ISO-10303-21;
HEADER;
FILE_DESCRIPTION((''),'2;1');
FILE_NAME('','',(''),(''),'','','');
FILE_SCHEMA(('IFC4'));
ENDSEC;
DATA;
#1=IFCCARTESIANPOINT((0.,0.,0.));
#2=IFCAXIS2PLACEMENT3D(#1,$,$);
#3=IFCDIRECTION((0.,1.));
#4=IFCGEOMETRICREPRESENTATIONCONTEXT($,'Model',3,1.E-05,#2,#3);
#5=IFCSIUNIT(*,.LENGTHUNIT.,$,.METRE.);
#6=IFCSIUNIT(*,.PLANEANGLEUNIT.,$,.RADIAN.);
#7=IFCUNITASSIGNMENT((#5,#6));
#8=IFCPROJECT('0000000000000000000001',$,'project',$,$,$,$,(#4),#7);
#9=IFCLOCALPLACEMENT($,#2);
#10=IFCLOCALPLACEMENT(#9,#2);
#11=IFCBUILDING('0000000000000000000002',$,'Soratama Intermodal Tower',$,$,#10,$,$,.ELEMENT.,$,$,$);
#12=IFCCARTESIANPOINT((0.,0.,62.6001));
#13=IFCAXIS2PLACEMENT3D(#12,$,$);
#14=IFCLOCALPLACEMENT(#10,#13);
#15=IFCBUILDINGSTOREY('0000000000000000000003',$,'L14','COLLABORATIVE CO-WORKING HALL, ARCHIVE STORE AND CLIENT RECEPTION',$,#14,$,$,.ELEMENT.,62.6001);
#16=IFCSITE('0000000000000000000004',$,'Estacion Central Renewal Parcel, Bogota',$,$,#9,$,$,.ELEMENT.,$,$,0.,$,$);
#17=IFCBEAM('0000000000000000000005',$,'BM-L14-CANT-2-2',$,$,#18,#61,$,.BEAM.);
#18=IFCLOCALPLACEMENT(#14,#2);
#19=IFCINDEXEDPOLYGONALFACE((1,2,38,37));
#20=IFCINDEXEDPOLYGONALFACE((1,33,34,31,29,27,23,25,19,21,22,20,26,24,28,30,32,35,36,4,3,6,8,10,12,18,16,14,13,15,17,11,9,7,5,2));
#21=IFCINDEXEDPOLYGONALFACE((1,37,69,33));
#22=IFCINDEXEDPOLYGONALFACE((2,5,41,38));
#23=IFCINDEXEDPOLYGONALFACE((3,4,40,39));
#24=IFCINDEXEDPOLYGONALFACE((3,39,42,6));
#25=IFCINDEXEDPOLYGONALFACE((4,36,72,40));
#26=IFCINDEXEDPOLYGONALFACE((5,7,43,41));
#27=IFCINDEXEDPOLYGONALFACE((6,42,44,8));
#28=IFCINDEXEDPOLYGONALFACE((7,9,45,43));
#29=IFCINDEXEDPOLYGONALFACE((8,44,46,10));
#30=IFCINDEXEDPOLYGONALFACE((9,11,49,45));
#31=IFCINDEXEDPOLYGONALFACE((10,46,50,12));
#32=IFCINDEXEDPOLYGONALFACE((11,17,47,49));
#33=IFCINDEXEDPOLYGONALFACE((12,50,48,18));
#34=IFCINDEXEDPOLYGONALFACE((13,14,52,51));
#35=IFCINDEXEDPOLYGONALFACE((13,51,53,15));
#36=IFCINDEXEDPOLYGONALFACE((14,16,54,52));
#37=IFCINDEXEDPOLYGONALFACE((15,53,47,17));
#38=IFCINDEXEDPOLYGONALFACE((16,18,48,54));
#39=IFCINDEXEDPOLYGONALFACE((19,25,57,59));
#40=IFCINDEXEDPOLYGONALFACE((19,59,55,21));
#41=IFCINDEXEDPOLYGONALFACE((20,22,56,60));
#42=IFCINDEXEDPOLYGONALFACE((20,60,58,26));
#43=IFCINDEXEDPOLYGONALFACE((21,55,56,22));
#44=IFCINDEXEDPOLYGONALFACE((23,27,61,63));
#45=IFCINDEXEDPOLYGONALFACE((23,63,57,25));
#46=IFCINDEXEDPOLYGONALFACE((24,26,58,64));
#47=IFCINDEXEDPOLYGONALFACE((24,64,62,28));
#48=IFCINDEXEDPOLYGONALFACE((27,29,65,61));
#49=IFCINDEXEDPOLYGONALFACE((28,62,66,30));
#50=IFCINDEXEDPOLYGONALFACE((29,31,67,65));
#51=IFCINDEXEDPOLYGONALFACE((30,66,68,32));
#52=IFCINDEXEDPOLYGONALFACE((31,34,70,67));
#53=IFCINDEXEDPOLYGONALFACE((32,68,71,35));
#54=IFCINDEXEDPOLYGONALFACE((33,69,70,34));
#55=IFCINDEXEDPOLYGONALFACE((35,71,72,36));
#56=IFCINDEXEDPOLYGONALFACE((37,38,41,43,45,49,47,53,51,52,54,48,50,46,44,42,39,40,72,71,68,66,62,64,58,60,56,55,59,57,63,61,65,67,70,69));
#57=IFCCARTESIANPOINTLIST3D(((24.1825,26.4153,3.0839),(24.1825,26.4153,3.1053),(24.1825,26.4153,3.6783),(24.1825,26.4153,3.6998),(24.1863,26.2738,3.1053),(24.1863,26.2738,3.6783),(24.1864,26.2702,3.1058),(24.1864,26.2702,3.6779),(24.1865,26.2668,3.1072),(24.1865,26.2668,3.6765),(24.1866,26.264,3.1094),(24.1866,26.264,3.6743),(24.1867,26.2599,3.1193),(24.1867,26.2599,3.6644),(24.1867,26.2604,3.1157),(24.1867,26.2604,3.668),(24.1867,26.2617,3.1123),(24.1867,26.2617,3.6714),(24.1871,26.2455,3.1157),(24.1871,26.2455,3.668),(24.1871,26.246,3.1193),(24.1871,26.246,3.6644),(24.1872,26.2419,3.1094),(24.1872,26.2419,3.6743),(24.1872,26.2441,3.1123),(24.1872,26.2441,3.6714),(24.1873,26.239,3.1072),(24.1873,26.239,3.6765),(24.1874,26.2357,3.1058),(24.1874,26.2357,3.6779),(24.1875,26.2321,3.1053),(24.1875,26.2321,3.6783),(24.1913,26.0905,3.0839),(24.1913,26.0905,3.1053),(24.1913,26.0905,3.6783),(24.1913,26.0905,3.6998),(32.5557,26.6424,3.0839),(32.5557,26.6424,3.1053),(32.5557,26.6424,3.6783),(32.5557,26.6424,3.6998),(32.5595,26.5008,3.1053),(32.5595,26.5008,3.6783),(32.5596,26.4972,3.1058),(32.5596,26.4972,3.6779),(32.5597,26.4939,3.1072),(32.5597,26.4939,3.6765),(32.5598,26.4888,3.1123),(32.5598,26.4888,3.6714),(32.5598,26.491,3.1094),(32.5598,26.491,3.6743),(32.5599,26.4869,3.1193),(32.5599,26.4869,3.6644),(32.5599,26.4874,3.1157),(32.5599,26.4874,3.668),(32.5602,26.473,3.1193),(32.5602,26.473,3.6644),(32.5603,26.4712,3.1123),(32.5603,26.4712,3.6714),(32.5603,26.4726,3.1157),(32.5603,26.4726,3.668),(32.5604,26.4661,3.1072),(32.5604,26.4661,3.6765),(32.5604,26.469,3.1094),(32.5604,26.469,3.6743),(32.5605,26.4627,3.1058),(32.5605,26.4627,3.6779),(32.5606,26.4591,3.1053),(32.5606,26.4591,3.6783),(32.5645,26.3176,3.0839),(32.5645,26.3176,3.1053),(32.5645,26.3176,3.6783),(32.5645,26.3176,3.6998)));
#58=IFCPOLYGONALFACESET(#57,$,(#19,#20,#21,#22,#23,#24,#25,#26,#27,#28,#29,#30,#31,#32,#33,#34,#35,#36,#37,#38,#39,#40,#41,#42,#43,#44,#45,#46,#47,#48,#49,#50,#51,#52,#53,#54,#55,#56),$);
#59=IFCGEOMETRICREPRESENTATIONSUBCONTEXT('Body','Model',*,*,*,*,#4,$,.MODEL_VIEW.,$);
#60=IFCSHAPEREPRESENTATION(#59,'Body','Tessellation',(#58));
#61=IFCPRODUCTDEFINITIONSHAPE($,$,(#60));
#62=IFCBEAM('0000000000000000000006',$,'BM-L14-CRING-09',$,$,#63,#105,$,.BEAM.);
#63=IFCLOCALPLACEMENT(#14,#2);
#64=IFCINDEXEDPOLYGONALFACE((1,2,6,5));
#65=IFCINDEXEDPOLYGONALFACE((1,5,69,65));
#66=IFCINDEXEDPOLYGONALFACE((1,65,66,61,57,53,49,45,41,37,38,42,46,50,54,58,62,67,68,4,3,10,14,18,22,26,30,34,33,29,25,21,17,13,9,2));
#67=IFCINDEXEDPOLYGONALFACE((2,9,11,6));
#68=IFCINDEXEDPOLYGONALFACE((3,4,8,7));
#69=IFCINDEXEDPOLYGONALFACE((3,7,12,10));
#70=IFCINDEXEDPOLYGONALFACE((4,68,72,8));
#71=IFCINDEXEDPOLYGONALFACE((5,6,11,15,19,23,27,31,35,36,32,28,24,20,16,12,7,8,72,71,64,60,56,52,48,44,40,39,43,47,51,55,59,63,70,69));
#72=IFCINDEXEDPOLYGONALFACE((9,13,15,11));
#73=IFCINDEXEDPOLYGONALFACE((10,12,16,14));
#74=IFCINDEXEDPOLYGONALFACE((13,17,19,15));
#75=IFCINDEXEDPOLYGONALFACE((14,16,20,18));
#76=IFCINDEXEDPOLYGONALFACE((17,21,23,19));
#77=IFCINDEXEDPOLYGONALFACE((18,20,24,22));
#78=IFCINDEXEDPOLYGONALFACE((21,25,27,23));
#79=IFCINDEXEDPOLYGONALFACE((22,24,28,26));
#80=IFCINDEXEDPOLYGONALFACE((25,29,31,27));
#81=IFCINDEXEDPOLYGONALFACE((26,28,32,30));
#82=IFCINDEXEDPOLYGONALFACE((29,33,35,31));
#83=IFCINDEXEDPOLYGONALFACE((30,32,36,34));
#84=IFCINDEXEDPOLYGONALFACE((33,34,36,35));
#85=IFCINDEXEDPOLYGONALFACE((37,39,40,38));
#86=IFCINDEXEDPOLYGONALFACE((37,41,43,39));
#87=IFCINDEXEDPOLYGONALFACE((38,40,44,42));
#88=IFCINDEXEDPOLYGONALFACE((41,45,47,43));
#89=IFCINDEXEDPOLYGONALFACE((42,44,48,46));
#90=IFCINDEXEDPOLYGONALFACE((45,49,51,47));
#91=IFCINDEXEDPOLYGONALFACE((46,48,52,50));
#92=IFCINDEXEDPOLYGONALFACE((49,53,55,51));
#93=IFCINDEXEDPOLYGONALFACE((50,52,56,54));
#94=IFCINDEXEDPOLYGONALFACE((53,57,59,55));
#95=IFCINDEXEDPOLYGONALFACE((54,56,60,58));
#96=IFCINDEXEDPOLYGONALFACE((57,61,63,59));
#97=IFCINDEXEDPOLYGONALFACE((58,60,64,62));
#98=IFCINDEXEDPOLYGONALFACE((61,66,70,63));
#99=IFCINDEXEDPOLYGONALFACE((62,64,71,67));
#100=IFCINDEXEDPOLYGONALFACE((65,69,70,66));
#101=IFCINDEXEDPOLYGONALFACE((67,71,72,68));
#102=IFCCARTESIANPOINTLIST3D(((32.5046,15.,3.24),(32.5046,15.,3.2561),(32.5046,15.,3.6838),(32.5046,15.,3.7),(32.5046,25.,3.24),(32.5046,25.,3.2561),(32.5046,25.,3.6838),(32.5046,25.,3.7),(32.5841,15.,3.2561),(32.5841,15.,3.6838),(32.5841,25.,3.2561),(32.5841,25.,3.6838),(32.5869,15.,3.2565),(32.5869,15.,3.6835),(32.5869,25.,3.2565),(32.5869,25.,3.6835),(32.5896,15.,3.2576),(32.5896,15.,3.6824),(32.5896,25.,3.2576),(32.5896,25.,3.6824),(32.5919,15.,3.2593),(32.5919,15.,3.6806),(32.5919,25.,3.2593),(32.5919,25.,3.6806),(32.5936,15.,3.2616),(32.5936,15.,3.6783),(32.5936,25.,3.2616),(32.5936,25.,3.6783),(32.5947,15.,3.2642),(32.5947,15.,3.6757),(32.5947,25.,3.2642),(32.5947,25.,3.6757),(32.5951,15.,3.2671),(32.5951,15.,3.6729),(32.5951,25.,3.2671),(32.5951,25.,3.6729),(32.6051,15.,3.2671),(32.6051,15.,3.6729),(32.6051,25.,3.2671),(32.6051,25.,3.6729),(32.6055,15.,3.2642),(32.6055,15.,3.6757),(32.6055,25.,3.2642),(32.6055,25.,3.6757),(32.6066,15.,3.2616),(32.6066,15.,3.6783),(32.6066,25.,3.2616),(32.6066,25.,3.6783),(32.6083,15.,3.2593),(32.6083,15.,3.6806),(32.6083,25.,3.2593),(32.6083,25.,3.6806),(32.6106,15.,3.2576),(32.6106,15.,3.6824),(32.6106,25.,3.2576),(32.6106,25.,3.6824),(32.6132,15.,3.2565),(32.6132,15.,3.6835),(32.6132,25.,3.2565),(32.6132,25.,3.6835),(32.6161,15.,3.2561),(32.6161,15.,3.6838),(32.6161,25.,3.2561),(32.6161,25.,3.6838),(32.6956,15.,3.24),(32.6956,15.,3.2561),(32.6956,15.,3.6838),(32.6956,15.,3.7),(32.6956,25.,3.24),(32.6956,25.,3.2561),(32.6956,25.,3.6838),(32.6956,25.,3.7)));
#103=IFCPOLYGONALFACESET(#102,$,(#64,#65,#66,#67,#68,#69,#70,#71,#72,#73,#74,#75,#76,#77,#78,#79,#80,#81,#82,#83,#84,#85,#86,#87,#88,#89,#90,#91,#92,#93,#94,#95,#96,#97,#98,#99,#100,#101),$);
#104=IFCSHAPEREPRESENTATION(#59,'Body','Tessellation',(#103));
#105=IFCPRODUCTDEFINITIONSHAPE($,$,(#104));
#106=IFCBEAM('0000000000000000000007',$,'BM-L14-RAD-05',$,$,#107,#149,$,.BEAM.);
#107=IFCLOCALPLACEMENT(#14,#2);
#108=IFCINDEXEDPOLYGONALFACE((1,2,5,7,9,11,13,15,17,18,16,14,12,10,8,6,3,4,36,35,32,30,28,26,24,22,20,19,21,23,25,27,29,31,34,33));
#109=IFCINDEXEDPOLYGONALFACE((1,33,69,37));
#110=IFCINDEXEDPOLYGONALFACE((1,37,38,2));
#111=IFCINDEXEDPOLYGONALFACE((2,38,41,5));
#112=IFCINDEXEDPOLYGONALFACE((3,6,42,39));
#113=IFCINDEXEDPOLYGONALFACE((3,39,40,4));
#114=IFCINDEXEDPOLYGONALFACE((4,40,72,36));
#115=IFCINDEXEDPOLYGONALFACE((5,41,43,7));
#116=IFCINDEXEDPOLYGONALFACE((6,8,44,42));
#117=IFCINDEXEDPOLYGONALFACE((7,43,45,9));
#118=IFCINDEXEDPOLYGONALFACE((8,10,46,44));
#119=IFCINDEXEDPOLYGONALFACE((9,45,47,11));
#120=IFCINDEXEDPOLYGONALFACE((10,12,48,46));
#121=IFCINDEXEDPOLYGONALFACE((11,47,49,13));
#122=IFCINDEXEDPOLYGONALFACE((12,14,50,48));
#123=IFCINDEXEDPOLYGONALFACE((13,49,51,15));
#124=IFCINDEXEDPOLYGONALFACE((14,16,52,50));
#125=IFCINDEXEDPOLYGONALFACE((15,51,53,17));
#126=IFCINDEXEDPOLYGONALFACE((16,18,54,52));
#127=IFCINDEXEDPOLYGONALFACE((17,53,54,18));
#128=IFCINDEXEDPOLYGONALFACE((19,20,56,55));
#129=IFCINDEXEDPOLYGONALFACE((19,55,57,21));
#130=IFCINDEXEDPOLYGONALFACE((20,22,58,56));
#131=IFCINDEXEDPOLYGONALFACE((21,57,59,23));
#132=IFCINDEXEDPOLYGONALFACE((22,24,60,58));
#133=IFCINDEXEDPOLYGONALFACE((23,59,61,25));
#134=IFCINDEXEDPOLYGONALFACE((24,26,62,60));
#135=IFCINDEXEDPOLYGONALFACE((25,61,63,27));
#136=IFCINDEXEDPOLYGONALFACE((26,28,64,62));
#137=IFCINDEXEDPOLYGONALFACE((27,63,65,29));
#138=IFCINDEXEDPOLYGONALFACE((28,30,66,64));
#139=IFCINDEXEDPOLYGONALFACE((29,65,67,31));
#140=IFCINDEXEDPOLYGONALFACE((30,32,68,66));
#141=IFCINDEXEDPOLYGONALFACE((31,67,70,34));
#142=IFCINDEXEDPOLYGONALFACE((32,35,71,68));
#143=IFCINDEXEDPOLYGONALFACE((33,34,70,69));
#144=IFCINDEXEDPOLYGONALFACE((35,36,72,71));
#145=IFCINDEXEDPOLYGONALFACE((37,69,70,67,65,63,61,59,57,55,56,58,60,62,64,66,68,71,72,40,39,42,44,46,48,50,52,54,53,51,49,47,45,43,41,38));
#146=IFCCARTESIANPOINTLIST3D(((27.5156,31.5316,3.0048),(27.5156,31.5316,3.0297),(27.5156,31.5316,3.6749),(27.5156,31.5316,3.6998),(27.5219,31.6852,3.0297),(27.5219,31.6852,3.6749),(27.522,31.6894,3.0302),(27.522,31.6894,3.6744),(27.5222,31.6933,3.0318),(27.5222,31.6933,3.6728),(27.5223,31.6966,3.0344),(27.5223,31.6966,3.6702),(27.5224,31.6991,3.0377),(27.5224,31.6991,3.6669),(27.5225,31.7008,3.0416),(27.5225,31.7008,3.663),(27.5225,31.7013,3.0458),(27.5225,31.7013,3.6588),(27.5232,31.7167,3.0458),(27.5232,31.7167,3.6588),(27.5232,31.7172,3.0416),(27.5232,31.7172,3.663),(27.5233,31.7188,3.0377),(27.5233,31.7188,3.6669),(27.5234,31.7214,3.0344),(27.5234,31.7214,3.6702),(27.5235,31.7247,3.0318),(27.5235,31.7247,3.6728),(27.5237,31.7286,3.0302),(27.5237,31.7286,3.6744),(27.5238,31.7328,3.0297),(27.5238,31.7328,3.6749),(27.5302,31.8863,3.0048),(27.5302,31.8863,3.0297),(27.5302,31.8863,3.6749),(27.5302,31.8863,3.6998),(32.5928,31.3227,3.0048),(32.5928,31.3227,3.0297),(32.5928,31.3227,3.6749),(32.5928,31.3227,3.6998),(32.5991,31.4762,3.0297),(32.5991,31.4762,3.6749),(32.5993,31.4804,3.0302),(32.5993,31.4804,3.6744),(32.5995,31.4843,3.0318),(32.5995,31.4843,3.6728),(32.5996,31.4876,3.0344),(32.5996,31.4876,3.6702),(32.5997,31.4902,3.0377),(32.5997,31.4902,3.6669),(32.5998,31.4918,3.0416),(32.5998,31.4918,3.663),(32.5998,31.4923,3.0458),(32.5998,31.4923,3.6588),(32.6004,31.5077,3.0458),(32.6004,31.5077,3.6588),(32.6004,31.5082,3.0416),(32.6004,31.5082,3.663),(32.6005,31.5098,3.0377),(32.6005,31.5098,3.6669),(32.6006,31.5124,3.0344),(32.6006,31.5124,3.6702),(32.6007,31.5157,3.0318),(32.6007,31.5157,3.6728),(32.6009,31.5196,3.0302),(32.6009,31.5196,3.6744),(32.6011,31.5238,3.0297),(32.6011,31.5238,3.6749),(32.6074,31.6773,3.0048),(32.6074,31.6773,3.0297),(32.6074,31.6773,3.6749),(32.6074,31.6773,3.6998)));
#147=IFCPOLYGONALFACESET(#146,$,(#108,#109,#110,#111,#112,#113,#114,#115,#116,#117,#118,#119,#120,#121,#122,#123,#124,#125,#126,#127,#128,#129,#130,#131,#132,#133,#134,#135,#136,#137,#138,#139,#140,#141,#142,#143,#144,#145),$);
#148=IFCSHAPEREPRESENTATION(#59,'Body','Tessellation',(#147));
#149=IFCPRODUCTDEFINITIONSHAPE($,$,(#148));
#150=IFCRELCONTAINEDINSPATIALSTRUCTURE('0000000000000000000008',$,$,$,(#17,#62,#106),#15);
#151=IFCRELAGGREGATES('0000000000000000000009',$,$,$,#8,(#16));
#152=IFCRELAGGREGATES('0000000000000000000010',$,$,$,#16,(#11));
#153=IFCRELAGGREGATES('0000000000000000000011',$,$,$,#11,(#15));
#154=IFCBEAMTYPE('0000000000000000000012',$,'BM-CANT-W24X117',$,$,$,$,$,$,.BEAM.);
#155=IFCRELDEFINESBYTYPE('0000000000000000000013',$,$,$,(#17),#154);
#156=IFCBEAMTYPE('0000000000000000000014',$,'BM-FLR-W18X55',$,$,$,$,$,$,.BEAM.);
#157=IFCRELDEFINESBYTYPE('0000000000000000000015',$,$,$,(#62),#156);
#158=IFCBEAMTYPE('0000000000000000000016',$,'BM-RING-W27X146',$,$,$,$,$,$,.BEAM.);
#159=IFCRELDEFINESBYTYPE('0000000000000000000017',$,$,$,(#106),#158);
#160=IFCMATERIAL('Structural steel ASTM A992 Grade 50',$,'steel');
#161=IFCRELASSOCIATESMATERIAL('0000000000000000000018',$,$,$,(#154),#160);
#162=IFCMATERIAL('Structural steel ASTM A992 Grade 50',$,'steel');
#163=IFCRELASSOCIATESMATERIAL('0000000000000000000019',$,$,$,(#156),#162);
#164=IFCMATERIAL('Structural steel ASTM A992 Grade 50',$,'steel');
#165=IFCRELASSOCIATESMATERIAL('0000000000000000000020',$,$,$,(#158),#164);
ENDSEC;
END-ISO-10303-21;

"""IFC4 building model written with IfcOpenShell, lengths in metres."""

from ifc_helpers import new_model, si_unit, direction, frame, origin, origin_2d, place, context, subcontext, project, spatial, i_section, extrude, material, material_profile, profile_set, type_object, element, save


model = new_model("IFC4")

# Units and contexts
model_context = context("Model", 3, precision=1e-05, world=origin(), true_north=direction((0.0, 1.0)))
body_context = subcontext(model_context, "Body", "Model", "MODEL_VIEW")
ifc_project = project(units=[si_unit("LENGTHUNIT", "METRE"), si_unit("PLANEANGLEUNIT", "RADIAN")], contexts=[model_context])

# Site, building, storey
site_placement = place(None, origin())
site = spatial("IfcSite", under=ifc_project, at=site_placement, Name="Estacion Central Renewal Parcel, Bogota", CompositionType="ELEMENT", RefElevation=0.0)
building_placement = place(site_placement, origin())
building = spatial("IfcBuilding", under=site, at=building_placement, Name="Soratama Intermodal Tower", CompositionType="ELEMENT")
storey_placement = place(building_placement, frame((0.0, 0.0, 62.6001)))
storey = spatial("IfcBuildingStorey", under=building, at=storey_placement, Name="L14", Description="COLLABORATIVE CO-WORKING HALL, ARCHIVE STORE AND CLIENT RECEPTION", CompositionType="ELEMENT", Elevation=62.6001)

# Beams
ifc_material_1 = material(Name="Structural steel ASTM A992 Grade 50", Category="steel")
ifc_material_profile_1 = material_profile(ifc_material_1, i_section(OverallWidth=0.325, OverallDepth=0.616, WebThickness=0.0139, FlangeThickness=0.0215, FilletRadius=0.0139, at=origin_2d()), Name="W24X117")
ifc_profile_set_1 = profile_set([ifc_material_profile_1], Name="Structural steel ASTM A992 Grade 50")
beam_type_1 = type_object("IfcBeamType", Name="BM-CANT-W24X117", PredefinedType="BEAM", material=ifc_profile_set_1)
beam_1_placement = place(storey_placement, frame((32.5601, 26.48, 3.3918), z_axis=(-0.999633, -0.027107, 0.0), x_axis=(0.027107, -0.999633, 0.0)))
element("IfcBeam", 1, at=beam_1_placement, inside=storey, type_object=beam_type_1, Name="BM-L14-CANT-2-2", PredefinedType="BEAM", context=body_context, shape_type="SweptSolid", body=[
    extrude(i_section(OverallWidth=0.325, OverallDepth=0.616, WebThickness=0.0139, FlangeThickness=0.0215, FilletRadius=0.0139, at=origin_2d()), origin(), (0.0, 0.0, 1.0), 8.3762),
])
ifc_material_2 = material(Name="Structural steel ASTM A992 Grade 50", Category="steel")
ifc_material_profile_2 = material_profile(ifc_material_2, i_section(OverallWidth=0.1909, OverallDepth=0.46, WebThickness=0.01, FlangeThickness=0.0161, FilletRadius=0.011, at=origin_2d()), Name="W18X55")
ifc_profile_set_2 = profile_set([ifc_material_profile_2], Name="Structural steel ASTM A992 Grade 50")
beam_type_2 = type_object("IfcBeamType", Name="BM-FLR-W18X55", PredefinedType="BEAM", material=ifc_profile_set_2)
beam_2_placement = place(storey_placement, frame((32.6001, 25.0, 3.47), z_axis=(0.0, -1.0, 0.0), x_axis=(1.0, 0.0, 0.0)))
element("IfcBeam", 2, at=beam_2_placement, inside=storey, type_object=beam_type_2, Name="BM-L14-CRING-09", PredefinedType="BEAM", context=body_context, shape_type="SweptSolid", body=[
    extrude(i_section(OverallWidth=0.1909, OverallDepth=0.46, WebThickness=0.01, FlangeThickness=0.0161, FilletRadius=0.011, at=origin_2d()), origin(), (0.0, 0.0, 1.0), 10.0),
])
ifc_material_3 = material(Name="Structural steel ASTM A992 Grade 50", Category="steel")
ifc_material_profile_3 = material_profile(ifc_material_3, i_section(OverallWidth=0.355, OverallDepth=0.6951, WebThickness=0.0154, FlangeThickness=0.0249, FilletRadius=0.0161, at=origin_2d()), Name="W27X146")
ifc_profile_set_3 = profile_set([ifc_material_profile_3], Name="Structural steel ASTM A992 Grade 50")
beam_type_3 = type_object("IfcBeamType", Name="BM-RING-W27X146", PredefinedType="BEAM", material=ifc_profile_set_3)
beam_3_placement = place(storey_placement, frame((32.6001, 31.5, 3.3523), z_axis=(-0.999154, 0.041127, 0.0), x_axis=(-0.041127, -0.999154, 0.0)))
element("IfcBeam", 3, at=beam_3_placement, inside=storey, type_object=beam_type_3, Name="BM-L14-RAD-05", PredefinedType="BEAM", context=body_context, shape_type="SweptSolid", body=[
    extrude(i_section(OverallWidth=0.355, OverallDepth=0.6951, WebThickness=0.0154, FlangeThickness=0.0249, FilletRadius=0.0161, at=origin_2d()), origin(), (0.0, 0.0, 1.0), 5.0815),
])

save(model, "model.ifc")
